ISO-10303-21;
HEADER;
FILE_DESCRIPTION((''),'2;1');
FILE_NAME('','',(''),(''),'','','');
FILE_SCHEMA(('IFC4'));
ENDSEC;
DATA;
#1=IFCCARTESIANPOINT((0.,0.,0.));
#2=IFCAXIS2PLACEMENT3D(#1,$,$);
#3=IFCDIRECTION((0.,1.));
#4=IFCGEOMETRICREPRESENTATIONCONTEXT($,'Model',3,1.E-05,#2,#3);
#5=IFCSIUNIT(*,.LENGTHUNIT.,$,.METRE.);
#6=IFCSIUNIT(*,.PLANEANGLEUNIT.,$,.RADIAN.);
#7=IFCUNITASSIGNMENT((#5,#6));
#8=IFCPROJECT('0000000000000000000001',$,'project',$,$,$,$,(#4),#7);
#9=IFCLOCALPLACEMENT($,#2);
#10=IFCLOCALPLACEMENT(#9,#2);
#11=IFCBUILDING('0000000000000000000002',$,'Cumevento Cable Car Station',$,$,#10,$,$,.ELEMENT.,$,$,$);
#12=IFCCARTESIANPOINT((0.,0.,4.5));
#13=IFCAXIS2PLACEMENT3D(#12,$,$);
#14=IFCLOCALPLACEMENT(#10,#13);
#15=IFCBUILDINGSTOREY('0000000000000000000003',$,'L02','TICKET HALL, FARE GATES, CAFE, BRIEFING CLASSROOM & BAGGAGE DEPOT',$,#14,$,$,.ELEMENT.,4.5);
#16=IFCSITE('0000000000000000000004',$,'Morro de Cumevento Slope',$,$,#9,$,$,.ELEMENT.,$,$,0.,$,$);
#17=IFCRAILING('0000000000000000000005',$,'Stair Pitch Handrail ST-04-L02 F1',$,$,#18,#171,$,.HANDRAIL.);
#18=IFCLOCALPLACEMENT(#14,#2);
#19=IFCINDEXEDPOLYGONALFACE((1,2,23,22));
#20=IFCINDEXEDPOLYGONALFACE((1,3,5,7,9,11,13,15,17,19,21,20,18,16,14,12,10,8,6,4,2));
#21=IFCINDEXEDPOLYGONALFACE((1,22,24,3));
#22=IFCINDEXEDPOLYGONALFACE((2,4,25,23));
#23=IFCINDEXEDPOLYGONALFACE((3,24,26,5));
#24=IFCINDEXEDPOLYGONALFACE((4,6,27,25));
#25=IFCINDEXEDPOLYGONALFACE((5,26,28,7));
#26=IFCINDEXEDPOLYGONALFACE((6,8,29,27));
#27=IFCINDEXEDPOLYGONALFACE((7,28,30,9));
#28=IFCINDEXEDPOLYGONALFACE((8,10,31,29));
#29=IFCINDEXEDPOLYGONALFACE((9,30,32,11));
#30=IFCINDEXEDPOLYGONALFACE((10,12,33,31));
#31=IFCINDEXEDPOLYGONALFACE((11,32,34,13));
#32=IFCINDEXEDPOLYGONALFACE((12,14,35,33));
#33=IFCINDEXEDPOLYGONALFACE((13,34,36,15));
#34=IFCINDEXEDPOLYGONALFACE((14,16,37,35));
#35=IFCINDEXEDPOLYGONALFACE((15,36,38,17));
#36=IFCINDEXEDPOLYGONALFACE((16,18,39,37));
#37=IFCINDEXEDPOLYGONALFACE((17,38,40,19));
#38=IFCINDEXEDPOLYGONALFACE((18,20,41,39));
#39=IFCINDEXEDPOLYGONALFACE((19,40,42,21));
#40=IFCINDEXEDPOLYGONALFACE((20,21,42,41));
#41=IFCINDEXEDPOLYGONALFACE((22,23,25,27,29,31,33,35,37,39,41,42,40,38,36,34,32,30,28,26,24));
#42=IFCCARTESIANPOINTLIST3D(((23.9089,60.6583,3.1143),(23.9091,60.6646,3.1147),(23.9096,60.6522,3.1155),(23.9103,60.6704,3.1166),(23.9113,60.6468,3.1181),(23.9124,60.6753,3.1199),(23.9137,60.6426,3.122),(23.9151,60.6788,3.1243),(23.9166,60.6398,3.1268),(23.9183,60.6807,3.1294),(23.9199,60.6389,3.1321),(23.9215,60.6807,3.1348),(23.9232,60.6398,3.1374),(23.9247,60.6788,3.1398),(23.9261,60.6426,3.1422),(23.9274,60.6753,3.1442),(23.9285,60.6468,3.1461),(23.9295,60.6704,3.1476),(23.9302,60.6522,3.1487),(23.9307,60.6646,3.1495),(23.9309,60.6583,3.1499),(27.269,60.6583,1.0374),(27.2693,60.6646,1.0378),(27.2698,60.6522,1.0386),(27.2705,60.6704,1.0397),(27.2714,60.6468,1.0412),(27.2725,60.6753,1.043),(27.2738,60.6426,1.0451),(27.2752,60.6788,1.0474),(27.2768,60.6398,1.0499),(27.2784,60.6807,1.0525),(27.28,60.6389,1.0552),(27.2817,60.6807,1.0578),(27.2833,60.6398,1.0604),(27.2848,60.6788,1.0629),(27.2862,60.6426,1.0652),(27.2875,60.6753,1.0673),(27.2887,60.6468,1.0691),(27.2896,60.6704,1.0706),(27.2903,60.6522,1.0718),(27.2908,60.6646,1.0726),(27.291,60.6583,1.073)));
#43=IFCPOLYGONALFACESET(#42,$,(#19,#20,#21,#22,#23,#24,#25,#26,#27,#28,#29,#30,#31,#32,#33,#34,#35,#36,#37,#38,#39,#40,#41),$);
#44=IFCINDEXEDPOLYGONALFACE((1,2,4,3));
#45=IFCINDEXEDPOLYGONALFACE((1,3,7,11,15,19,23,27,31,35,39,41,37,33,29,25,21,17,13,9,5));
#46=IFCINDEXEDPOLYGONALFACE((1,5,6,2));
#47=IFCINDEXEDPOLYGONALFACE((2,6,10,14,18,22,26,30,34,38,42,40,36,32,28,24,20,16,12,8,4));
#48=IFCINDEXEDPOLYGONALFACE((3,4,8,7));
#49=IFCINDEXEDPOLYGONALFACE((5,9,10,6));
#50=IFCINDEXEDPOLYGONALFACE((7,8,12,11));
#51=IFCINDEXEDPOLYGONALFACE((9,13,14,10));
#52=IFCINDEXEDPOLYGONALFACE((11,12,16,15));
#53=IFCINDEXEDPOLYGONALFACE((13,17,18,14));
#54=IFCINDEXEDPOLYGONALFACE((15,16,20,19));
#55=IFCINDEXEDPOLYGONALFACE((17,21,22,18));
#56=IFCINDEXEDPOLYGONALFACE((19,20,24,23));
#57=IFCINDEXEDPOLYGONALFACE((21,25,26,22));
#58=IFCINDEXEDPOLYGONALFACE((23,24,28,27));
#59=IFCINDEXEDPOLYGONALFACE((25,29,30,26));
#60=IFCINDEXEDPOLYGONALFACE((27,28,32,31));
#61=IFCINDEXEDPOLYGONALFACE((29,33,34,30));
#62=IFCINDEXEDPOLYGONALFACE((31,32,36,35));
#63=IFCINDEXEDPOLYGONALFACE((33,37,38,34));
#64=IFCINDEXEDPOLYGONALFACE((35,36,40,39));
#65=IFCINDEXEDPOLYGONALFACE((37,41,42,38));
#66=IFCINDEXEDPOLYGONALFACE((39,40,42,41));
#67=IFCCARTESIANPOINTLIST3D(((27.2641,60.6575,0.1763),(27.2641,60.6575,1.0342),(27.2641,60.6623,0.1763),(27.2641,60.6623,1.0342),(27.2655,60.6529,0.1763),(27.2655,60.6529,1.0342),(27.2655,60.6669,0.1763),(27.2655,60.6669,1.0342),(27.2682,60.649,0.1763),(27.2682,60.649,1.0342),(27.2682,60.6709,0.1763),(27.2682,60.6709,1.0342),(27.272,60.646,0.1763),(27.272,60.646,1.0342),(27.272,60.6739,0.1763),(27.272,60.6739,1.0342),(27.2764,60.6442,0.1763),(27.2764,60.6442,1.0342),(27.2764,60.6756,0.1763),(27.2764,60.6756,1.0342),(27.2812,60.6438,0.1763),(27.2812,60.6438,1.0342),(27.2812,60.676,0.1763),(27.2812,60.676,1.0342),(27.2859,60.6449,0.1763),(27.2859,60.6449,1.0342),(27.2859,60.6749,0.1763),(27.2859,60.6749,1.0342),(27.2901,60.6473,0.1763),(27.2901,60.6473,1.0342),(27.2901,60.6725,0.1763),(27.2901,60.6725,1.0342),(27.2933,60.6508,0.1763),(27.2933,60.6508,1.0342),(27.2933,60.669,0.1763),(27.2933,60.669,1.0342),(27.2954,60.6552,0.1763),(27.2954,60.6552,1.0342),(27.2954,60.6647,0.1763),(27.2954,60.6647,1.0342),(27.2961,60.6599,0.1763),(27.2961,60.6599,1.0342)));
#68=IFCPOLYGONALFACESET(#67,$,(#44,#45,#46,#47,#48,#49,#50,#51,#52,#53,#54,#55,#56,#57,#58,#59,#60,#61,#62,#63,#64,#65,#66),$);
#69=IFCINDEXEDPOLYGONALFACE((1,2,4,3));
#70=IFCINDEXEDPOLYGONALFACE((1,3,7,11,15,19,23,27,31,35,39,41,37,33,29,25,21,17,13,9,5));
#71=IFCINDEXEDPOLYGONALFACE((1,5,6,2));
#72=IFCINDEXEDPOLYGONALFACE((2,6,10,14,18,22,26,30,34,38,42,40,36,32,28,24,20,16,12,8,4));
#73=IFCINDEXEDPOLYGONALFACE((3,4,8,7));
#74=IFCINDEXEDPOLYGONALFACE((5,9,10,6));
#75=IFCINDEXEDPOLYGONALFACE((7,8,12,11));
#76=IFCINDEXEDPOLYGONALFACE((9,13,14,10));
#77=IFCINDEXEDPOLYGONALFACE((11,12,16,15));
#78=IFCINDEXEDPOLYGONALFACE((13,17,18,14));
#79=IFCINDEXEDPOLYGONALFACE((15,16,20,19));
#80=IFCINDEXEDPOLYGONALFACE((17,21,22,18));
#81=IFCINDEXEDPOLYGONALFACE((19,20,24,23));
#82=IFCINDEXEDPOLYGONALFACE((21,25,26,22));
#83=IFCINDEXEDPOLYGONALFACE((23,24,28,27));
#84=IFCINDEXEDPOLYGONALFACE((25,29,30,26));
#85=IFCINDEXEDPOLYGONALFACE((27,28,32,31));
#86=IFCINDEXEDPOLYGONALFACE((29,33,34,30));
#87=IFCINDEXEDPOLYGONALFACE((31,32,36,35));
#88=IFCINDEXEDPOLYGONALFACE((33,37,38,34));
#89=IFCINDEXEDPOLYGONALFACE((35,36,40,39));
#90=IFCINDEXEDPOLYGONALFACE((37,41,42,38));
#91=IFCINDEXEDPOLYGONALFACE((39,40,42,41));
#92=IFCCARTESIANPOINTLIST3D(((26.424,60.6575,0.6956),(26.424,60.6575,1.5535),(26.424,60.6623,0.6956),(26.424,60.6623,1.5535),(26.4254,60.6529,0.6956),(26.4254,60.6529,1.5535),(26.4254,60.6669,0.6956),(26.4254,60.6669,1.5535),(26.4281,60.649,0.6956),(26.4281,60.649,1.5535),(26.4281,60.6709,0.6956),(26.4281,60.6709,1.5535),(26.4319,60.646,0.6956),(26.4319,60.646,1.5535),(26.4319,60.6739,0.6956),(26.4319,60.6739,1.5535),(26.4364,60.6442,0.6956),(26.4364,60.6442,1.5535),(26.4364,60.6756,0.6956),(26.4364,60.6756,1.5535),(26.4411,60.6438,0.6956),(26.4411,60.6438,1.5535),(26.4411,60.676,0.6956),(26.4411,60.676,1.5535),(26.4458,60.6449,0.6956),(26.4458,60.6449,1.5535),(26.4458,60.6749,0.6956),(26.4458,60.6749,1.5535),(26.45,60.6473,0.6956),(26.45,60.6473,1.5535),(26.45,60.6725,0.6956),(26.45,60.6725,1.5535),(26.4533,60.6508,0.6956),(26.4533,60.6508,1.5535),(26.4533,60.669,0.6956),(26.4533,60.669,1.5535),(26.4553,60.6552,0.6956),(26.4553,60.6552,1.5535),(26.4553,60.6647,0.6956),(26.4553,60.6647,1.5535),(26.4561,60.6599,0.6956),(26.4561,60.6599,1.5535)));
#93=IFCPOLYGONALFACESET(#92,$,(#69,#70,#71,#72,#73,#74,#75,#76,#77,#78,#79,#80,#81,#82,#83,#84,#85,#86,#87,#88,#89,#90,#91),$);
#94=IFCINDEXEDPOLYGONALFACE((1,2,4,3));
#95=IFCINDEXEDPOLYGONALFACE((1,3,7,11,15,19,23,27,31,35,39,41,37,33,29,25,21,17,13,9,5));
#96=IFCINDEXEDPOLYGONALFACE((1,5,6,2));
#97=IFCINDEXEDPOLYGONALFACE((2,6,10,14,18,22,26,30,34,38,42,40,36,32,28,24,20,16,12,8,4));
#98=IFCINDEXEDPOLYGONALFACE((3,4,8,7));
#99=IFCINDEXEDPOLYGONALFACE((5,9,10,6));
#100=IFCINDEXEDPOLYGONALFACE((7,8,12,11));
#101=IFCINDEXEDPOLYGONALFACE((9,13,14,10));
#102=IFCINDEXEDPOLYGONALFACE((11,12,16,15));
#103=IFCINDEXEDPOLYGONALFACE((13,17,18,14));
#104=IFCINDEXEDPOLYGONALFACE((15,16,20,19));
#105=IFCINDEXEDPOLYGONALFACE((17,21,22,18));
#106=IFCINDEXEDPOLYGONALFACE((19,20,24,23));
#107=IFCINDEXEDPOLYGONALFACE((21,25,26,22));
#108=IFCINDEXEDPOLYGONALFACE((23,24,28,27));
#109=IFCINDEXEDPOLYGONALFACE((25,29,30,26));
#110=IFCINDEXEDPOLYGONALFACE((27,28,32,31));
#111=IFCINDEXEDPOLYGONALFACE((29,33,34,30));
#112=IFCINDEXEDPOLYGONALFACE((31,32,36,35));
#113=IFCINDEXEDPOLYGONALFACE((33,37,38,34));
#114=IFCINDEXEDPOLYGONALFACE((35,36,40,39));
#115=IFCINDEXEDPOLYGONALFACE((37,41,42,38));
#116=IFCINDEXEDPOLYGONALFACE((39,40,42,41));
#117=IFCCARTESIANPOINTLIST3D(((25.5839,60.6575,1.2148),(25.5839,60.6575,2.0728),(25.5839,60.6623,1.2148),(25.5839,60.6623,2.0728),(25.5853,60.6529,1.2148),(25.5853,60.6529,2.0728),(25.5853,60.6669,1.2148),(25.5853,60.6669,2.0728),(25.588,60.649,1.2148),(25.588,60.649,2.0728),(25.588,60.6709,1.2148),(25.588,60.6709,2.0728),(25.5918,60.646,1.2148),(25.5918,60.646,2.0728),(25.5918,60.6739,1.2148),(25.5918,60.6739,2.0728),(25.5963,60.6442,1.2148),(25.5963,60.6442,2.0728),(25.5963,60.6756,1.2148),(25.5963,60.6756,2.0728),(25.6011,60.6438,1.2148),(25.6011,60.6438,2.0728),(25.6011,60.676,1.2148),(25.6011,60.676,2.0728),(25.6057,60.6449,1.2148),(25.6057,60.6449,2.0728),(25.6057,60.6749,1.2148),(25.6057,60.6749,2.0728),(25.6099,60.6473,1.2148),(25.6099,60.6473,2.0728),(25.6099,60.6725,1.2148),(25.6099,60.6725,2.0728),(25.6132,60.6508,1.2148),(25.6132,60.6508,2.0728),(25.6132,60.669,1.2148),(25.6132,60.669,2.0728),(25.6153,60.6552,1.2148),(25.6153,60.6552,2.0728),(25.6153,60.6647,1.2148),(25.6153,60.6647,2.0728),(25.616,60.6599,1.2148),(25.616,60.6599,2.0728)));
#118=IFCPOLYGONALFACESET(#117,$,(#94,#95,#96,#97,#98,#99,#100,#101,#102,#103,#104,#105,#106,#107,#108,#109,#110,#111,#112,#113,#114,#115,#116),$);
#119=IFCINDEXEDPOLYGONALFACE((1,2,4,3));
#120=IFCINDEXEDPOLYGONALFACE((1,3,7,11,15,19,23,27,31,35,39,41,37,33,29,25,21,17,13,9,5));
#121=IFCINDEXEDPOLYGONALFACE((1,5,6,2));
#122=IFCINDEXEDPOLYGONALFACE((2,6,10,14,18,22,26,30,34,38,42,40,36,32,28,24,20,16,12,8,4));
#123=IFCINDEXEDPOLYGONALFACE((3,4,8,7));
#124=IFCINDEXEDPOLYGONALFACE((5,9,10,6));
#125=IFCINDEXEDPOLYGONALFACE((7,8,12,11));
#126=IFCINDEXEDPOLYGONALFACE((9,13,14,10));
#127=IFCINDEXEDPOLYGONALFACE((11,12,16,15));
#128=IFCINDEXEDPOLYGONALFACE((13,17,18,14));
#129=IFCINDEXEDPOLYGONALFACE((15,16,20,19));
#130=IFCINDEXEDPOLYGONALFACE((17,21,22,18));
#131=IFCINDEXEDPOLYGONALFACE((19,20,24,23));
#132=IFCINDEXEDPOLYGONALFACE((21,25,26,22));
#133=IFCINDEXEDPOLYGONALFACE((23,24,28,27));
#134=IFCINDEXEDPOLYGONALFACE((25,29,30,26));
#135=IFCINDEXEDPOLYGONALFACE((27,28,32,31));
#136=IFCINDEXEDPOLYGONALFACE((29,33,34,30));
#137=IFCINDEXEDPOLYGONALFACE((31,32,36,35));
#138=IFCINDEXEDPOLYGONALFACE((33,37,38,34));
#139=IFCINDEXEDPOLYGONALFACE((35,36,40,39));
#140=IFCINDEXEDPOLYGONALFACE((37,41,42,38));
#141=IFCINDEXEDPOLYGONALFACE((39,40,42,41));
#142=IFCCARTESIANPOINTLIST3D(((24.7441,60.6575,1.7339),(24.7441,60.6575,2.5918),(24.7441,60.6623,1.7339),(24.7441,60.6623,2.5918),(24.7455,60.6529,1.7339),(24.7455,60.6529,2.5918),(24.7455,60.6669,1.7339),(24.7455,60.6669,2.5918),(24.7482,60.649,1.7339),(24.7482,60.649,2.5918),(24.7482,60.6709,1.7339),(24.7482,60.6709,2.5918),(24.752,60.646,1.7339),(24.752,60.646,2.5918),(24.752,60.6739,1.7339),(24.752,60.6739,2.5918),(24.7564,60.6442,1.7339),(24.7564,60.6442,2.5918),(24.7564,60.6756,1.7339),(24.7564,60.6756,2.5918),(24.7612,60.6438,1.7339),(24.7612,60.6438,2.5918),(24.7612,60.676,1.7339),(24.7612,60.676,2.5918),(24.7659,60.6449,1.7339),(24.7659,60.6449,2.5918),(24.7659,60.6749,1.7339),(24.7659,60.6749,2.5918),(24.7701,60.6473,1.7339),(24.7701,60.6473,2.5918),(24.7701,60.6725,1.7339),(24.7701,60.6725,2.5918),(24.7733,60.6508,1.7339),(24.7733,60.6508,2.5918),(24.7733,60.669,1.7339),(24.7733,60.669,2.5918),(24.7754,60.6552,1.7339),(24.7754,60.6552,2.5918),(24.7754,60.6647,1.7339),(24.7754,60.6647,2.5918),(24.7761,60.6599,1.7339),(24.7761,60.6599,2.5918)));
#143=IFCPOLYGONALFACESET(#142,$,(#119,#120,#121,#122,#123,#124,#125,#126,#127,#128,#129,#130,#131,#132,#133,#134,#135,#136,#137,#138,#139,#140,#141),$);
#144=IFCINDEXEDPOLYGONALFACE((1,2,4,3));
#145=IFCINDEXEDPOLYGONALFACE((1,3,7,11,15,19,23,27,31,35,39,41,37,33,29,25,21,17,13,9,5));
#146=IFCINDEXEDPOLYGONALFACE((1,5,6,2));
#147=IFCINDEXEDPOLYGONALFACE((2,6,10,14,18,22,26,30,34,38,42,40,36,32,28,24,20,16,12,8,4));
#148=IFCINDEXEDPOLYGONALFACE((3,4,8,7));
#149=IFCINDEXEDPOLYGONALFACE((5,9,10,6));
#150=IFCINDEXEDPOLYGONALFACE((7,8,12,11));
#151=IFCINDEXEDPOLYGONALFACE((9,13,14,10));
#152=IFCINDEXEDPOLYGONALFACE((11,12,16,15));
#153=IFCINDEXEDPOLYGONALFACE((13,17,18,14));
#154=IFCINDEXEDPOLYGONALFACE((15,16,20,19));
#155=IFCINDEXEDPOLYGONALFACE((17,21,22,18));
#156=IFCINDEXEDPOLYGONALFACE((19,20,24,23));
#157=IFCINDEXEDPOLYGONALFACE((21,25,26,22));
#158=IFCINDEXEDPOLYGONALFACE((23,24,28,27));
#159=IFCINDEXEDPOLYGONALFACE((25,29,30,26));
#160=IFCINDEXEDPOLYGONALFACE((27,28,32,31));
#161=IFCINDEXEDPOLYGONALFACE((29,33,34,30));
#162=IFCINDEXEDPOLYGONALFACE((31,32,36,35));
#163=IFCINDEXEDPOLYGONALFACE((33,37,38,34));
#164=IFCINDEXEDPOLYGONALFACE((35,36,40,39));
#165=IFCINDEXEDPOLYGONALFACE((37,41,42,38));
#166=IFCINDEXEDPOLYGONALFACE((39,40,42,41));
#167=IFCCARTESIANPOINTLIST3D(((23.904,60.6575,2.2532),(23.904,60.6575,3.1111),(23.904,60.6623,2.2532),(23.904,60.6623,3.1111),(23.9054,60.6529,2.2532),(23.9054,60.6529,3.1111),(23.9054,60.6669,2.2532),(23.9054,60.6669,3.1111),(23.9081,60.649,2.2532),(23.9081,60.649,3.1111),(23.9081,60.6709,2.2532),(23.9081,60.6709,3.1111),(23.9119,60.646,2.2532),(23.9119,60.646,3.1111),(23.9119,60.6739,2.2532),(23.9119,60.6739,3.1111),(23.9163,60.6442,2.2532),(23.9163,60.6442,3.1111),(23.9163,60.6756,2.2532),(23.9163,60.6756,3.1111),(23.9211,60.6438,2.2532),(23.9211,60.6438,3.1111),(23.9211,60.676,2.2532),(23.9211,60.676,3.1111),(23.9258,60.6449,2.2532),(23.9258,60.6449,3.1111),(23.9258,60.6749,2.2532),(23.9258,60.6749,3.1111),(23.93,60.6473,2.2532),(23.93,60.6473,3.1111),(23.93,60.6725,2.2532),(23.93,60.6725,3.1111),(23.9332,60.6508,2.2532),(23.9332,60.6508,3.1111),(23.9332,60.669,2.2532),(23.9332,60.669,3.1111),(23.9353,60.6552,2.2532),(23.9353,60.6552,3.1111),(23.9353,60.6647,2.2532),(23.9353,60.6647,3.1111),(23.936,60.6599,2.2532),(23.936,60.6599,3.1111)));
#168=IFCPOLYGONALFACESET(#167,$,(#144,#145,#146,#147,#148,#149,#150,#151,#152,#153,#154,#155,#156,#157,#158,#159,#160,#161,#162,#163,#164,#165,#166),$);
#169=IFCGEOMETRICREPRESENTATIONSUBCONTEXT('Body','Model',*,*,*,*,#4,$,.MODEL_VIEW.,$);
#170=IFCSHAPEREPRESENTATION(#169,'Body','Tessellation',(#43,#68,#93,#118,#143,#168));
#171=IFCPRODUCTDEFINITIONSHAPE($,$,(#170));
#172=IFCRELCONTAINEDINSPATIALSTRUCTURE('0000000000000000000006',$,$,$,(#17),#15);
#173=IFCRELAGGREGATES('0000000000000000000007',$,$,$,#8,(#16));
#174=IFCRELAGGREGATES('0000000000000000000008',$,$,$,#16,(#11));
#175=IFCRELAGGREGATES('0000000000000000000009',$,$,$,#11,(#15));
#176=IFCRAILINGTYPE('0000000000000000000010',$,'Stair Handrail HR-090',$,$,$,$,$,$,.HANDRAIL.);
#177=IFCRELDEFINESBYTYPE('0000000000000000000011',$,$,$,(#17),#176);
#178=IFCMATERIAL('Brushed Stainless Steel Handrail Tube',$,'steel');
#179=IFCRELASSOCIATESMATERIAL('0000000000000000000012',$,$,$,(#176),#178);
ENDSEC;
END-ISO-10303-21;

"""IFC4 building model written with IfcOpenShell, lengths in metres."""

from ifc_helpers import new_model, si_unit, direction, frame, origin, origin_2d, place, context, subcontext, project, spatial, circle, extrude, material, type_object, element, save


model = new_model("IFC4")

# Units and contexts
model_context = context("Model", 3, precision=1e-05, world=origin(), true_north=direction((0.0, 1.0)))
body_context = subcontext(model_context, "Body", "Model", "MODEL_VIEW")
ifc_project = project(units=[si_unit("LENGTHUNIT", "METRE"), si_unit("PLANEANGLEUNIT", "RADIAN")], contexts=[model_context])

# Site, building, storey
site_placement = place(None, origin())
site = spatial("IfcSite", under=ifc_project, at=site_placement, Name="Morro de Cumevento Slope", CompositionType="ELEMENT", RefElevation=0.0)
building_placement = place(site_placement, origin())
building = spatial("IfcBuilding", under=site, at=building_placement, Name="Cumevento Cable Car Station", CompositionType="ELEMENT")
storey_placement = place(building_placement, frame((0.0, 0.0, 4.5)))
storey = spatial("IfcBuildingStorey", under=building, at=storey_placement, Name="L02", Description="TICKET HALL, FARE GATES, CAFE, BRIEFING CLASSROOM & BAGGAGE DEPOT", CompositionType="ELEMENT", Elevation=4.5)

# Railing
ifc_material_1 = material(Name="Brushed Stainless Steel Handrail Tube", Category="steel")
railing_type_1 = type_object("IfcRailingType", Name="Stair Handrail HR-090", PredefinedType="HANDRAIL", material=ifc_material_1)
railing_1_placement = place(storey_placement, frame((27.28, 60.6599, 0.1763)))
element("IfcRailing", 1, at=railing_1_placement, inside=storey, type_object=railing_type_1, Name="Stair Pitch Handrail ST-04-L02 F1", PredefinedType="HANDRAIL", context=body_context, shape_type="SweptSolid", body=[
    extrude(circle(Radius=0.021, at=origin_2d()), frame((0.0, 0.0, 0.8789), z_axis=(-0.850623, 0.0, 0.525776), x_axis=(0.0, -1.0, 0.0)), (0.0, 0.0, 1.0), 3.9502),
    extrude(circle(Radius=0.0161, at=origin_2d()), origin(), (0.0, 0.0, 1.0), 0.8579),
    extrude(circle(Radius=0.0161, at=origin_2d()), frame((-0.8401, 0.0, 0.5193)), (0.0, 0.0, 1.0), 0.8579),
    extrude(circle(Radius=0.0161, at=origin_2d()), frame((-1.6802, 0.0, 1.0386)), (0.0, 0.0, 1.0), 0.8579),
    extrude(circle(Radius=0.0161, at=origin_2d()), frame((-2.52, 0.0, 1.5576)), (0.0, 0.0, 1.0), 0.8579),
    extrude(circle(Radius=0.0161, at=origin_2d()), frame((-3.3601, 0.0, 2.0769)), (0.0, 0.0, 1.0), 0.8579),
])

save(model, "model.ifc")
